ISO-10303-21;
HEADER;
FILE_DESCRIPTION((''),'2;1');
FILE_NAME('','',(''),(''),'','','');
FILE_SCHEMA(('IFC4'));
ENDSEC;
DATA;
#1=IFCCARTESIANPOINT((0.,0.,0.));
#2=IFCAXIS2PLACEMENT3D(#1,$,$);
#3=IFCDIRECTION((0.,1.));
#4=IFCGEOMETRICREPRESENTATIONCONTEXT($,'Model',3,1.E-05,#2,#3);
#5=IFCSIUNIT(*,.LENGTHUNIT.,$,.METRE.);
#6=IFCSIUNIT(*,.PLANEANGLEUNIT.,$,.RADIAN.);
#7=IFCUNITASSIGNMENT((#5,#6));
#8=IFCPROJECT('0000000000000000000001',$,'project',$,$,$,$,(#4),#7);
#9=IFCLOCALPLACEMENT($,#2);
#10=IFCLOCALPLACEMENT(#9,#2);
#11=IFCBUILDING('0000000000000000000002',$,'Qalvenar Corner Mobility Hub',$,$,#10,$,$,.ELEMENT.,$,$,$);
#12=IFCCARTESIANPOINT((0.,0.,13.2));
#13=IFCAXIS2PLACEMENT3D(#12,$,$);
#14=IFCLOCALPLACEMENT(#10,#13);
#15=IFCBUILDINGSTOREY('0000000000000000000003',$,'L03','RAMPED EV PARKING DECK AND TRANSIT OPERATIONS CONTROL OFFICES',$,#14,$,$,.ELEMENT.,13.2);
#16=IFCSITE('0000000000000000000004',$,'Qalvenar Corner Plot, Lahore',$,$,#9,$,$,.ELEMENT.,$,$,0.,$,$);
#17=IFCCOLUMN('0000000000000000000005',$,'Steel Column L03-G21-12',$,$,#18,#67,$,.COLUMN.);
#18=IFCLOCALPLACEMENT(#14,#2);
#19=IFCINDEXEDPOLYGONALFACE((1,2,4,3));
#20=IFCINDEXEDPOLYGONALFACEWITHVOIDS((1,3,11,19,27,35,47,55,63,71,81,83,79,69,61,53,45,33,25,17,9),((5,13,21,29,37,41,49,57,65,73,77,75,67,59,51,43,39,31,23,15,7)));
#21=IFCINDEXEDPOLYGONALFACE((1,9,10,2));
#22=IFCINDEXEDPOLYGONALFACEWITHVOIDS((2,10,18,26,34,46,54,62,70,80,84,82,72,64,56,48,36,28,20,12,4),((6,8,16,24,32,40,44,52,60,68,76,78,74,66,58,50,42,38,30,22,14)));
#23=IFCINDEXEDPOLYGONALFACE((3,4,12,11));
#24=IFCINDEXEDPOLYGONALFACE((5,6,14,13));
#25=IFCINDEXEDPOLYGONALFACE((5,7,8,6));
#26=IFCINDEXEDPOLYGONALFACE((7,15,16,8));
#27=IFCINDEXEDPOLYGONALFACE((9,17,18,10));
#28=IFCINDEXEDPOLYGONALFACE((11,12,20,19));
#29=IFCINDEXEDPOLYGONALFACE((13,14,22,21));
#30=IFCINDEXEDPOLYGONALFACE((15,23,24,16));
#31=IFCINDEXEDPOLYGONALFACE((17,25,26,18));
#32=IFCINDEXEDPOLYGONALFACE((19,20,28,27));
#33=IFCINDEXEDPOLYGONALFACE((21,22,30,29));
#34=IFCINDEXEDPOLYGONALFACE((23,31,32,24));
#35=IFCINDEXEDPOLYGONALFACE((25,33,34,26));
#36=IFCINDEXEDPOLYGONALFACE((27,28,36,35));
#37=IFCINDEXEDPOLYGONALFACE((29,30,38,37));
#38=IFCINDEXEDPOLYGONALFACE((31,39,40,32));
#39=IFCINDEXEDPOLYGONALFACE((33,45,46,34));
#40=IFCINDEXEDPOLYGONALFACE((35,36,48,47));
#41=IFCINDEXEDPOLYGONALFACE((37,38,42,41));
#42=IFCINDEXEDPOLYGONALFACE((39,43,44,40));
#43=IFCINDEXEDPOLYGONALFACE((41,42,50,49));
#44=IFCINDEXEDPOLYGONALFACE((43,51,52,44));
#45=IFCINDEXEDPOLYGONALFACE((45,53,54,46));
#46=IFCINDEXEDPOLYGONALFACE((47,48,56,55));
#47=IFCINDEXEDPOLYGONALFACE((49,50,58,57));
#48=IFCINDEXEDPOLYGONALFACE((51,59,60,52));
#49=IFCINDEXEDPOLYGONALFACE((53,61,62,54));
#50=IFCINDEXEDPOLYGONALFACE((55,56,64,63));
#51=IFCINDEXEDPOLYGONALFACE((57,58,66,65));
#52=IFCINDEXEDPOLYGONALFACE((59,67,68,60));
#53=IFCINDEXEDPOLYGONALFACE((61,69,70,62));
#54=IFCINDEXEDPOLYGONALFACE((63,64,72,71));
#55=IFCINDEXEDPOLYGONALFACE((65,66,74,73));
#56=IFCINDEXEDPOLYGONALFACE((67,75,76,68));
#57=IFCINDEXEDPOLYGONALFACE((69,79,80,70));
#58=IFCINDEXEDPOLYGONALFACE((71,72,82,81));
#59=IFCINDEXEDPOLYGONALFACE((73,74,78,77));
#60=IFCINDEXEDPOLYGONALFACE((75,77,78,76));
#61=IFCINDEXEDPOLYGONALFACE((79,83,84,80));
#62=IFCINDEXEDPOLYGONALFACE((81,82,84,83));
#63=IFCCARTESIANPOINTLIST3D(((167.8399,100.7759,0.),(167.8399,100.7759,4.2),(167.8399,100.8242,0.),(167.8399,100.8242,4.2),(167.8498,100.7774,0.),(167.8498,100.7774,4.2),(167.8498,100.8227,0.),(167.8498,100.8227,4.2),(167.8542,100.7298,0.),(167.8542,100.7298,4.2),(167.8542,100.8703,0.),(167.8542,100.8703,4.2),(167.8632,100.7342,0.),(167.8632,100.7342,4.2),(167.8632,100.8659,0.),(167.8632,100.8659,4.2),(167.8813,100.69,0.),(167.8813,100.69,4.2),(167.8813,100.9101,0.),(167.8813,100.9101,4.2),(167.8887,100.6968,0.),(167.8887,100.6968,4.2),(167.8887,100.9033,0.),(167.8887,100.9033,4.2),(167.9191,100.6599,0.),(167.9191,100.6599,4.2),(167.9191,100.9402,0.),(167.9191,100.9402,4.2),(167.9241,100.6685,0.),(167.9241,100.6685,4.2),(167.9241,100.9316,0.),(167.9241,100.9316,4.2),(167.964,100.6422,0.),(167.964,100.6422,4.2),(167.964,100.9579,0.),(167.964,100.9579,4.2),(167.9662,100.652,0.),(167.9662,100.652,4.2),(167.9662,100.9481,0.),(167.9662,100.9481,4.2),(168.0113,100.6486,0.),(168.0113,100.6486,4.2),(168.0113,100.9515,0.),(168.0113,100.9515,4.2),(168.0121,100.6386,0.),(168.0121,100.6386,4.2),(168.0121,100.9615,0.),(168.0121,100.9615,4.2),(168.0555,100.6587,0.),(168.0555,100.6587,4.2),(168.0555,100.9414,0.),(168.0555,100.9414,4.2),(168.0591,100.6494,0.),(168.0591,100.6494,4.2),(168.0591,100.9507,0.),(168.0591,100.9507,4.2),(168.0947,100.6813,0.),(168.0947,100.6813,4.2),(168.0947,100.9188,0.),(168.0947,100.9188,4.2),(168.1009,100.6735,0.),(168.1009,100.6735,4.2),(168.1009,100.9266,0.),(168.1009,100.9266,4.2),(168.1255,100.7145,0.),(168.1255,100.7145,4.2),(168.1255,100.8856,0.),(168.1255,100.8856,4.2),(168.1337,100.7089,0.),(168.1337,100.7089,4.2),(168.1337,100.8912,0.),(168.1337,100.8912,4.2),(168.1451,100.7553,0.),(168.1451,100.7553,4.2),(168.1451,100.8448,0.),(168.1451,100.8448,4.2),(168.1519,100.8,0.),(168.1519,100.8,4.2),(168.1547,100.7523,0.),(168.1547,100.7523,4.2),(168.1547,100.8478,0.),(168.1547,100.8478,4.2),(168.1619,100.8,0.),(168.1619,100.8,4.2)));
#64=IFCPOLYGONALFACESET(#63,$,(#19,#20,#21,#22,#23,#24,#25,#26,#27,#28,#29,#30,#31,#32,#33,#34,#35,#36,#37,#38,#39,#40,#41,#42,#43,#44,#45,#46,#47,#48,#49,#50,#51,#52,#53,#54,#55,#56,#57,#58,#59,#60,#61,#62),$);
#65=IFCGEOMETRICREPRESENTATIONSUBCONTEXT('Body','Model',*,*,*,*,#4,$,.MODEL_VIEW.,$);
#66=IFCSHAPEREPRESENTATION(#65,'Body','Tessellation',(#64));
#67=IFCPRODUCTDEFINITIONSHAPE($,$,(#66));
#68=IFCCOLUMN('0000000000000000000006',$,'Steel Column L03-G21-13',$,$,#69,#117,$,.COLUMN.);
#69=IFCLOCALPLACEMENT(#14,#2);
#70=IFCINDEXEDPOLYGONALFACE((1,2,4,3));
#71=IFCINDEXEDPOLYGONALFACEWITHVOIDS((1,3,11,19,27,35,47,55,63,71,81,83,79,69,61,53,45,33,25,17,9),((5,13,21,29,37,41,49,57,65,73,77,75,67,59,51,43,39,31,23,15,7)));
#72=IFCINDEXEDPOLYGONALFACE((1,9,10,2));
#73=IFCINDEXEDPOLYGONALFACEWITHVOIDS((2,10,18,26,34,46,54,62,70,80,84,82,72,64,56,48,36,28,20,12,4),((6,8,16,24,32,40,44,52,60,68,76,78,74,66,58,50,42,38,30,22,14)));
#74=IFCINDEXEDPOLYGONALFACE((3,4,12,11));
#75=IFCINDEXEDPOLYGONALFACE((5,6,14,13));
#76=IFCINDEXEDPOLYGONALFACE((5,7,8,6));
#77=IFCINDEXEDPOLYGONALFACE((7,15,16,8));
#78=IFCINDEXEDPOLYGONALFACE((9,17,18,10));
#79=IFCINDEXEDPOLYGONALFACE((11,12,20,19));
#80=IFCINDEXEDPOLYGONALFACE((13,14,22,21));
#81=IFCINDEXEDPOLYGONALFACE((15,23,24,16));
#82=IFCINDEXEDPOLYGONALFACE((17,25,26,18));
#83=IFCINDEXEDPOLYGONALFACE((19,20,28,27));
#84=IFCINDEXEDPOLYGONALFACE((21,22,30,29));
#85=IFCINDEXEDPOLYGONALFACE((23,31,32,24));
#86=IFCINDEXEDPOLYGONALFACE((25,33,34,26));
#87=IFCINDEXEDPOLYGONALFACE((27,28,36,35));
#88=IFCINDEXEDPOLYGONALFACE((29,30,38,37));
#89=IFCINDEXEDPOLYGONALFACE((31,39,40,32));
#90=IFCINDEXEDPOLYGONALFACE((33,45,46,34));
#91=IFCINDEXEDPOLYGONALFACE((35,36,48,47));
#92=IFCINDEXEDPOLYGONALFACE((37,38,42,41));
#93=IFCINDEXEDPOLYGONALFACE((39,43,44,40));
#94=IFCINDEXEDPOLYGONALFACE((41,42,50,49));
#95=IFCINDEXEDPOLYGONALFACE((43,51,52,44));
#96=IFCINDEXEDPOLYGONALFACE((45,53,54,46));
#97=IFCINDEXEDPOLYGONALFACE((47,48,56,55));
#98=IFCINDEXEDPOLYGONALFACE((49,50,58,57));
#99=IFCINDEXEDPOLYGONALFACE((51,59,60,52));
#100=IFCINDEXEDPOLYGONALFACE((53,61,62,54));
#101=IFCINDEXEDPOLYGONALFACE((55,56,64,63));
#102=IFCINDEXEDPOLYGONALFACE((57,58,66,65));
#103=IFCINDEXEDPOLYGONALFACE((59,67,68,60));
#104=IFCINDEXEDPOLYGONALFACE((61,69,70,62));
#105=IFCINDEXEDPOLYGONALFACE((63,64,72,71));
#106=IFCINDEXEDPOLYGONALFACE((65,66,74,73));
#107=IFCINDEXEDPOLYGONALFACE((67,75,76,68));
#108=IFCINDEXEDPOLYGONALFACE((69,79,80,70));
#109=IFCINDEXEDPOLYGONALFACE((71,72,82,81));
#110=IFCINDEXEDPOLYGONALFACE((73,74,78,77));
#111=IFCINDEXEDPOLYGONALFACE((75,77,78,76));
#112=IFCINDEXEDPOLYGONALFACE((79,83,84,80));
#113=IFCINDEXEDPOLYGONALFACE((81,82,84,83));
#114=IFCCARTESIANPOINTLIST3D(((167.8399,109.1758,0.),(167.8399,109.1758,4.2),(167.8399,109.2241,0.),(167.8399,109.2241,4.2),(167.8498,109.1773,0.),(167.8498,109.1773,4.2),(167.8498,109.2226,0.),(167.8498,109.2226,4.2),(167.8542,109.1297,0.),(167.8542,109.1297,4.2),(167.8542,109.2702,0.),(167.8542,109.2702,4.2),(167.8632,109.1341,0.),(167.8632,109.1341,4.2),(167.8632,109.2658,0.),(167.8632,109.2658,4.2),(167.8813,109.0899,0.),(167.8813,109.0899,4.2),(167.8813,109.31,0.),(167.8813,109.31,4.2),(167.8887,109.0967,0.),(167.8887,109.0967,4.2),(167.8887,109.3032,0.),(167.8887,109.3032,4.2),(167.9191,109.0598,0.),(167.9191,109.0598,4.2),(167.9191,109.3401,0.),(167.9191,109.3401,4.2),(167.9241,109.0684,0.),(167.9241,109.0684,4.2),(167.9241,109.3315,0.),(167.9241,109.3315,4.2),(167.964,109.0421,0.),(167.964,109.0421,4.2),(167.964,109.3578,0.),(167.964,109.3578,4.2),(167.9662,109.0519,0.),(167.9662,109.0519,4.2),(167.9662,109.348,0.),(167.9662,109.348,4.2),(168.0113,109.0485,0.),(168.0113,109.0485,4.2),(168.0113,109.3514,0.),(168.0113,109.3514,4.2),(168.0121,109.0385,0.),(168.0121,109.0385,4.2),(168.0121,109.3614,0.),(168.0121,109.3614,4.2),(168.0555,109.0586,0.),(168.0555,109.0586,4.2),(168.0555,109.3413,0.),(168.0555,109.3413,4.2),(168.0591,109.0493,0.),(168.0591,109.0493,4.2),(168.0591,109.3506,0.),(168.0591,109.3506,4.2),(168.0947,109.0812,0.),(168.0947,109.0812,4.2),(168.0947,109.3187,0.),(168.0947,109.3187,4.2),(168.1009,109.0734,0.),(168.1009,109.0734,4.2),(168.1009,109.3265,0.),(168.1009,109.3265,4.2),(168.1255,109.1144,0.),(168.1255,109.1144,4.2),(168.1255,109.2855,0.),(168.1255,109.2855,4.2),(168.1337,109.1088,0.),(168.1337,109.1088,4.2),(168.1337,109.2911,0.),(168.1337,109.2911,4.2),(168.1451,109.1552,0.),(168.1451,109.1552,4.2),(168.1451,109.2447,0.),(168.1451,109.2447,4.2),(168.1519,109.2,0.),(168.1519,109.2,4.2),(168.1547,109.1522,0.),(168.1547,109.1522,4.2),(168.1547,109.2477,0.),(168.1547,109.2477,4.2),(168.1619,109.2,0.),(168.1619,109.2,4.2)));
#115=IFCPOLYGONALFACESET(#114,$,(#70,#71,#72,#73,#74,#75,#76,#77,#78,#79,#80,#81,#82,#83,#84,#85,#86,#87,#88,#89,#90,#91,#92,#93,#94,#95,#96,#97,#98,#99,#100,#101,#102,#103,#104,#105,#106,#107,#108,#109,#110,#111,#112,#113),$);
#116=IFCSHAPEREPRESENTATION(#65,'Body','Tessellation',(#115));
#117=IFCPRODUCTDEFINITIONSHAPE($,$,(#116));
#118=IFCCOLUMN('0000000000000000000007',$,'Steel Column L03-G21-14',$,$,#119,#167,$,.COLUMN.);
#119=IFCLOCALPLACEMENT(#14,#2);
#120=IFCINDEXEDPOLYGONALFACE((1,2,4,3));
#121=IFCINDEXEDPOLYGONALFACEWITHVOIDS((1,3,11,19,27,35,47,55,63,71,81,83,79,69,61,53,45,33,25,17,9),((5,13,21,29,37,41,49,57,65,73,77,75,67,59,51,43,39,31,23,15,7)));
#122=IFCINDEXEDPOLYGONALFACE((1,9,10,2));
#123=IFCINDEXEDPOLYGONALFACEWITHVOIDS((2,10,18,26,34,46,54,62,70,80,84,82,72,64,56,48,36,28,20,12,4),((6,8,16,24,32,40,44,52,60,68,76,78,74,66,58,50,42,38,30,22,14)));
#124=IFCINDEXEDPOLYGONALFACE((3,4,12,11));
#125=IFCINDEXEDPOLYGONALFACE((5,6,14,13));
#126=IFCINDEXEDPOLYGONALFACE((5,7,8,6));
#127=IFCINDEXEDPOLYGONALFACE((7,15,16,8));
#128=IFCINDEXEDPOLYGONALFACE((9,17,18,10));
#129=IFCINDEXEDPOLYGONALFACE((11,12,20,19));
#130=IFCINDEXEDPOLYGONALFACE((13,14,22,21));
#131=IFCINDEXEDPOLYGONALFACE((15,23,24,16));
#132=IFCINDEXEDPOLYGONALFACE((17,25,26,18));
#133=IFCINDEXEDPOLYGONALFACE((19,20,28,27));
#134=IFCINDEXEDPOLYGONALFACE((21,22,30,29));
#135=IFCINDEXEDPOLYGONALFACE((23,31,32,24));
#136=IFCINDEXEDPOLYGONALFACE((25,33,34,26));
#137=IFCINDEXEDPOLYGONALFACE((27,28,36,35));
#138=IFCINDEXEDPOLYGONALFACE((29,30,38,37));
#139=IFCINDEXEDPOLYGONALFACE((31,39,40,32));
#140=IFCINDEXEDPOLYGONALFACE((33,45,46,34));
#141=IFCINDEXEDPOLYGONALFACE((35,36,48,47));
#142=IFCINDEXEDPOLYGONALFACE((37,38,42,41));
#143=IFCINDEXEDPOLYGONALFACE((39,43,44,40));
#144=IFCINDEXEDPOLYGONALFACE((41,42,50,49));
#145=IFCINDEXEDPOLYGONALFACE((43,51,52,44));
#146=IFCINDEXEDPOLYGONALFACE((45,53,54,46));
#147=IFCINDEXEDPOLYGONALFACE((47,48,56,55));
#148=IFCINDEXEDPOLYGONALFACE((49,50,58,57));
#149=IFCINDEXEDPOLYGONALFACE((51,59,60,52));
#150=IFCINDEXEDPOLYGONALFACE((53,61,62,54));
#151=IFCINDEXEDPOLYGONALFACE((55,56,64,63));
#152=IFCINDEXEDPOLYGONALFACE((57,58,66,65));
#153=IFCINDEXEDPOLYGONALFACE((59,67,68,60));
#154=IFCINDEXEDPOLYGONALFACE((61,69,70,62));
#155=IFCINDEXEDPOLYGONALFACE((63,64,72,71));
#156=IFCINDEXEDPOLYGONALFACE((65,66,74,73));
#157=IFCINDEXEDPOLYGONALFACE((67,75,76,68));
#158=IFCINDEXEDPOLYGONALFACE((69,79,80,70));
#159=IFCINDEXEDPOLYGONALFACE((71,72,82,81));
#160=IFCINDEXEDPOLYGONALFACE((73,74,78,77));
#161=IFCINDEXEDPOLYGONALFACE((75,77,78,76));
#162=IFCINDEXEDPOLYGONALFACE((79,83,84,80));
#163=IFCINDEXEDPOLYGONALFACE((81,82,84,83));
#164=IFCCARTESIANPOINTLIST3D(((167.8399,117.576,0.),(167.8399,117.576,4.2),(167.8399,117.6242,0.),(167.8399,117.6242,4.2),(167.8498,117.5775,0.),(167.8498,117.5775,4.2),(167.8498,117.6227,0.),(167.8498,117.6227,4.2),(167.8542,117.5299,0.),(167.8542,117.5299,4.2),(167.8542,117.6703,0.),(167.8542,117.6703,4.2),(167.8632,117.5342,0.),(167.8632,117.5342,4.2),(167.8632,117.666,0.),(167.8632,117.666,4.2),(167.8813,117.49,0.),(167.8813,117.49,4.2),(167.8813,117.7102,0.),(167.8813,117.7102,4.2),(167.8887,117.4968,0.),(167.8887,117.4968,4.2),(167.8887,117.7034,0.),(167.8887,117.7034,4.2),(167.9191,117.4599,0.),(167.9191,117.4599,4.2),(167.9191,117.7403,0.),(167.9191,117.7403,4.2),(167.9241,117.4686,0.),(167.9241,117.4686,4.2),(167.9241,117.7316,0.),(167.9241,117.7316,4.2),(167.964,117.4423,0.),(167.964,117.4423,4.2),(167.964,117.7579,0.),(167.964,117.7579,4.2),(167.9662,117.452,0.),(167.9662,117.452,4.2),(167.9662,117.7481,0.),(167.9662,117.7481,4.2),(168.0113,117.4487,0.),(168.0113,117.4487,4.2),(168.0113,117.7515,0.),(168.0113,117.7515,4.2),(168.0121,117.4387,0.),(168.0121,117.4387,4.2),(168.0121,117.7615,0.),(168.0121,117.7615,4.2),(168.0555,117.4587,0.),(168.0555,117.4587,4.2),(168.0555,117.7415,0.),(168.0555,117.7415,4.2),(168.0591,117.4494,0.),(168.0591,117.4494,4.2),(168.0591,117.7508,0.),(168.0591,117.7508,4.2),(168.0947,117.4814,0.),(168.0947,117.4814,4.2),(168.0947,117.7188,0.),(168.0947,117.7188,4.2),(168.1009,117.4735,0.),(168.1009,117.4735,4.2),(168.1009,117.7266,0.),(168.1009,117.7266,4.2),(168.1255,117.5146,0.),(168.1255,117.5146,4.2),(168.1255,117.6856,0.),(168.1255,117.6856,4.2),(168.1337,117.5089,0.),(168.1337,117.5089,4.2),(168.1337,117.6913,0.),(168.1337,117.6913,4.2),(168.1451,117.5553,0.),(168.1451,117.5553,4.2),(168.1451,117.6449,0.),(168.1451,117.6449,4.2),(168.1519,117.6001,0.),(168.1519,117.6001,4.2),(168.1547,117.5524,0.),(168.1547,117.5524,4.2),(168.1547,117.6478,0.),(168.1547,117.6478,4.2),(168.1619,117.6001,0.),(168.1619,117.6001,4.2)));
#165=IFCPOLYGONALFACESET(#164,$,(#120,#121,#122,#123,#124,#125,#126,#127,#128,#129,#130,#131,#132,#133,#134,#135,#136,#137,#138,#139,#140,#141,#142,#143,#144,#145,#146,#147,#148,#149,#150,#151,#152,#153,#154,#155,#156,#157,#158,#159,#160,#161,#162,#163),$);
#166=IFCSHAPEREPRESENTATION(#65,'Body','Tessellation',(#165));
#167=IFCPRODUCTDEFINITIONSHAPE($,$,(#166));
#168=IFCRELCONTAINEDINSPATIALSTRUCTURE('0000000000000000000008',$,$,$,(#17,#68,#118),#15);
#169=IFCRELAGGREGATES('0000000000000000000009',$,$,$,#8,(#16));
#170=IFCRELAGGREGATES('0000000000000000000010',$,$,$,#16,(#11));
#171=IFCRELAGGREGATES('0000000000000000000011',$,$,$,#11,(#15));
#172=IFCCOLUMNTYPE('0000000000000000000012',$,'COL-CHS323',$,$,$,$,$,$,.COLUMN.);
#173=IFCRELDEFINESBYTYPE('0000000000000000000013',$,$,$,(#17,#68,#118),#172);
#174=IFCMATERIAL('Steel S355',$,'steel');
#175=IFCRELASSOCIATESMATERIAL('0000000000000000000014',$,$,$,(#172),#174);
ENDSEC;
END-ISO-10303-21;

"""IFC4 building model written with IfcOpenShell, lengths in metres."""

from ifc_helpers import new_model, si_unit, direction, frame, origin, origin_2d, place, context, subcontext, project, spatial, hollow_circle, extrude, material, material_profile, profile_set, type_object, element, save


model = new_model("IFC4")

# Units and contexts
model_context = context("Model", 3, precision=1e-05, world=origin(), true_north=direction((0.0, 1.0)))
body_context = subcontext(model_context, "Body", "Model", "MODEL_VIEW")
ifc_project = project(units=[si_unit("LENGTHUNIT", "METRE"), si_unit("PLANEANGLEUNIT", "RADIAN")], contexts=[model_context])

# Site, building, storey
site_placement = place(None, origin())
site = spatial("IfcSite", under=ifc_project, at=site_placement, Name="Qalvenar Corner Plot, Lahore", CompositionType="ELEMENT", RefElevation=0.0)
building_placement = place(site_placement, origin())
building = spatial("IfcBuilding", under=site, at=building_placement, Name="Qalvenar Corner Mobility Hub", CompositionType="ELEMENT")
storey_placement = place(building_placement, frame((0.0, 0.0, 13.2)))
storey = spatial("IfcBuildingStorey", under=building, at=storey_placement, Name="L03", Description="RAMPED EV PARKING DECK AND TRANSIT OPERATIONS CONTROL OFFICES", CompositionType="ELEMENT", Elevation=13.2)

# Columns
ifc_material_1 = material(Name="Steel S355", Category="steel")
ifc_material_profile_1 = material_profile(ifc_material_1, hollow_circle(Radius=0.1619, WallThickness=0.01, at=origin_2d()), Name="CHS323.9x10")
ifc_profile_set_1 = profile_set([ifc_material_profile_1], Name="Steel S355")
column_type = type_object("IfcColumnType", Name="COL-CHS323", PredefinedType="COLUMN", material=ifc_profile_set_1)
for number, where, z_axis, x_axis, name in (
    (1, (168.0, 100.8, 0.0), (0.0, 0.0, 1.0), (1.0, 0.0, 0.0), "Steel Column L03-G21-12"),
    (2, (168.0, 109.2, 0.0), (0.0, 0.0, 1.0), (1.0, 0.0, 0.0), "Steel Column L03-G21-13"),
    (3, (168.0, 117.6001, 0.0), (0.0, 0.0, 1.0), (1.0, 0.0, 0.0), "Steel Column L03-G21-14"),
):
    element("IfcColumn", number, at=place(storey_placement, frame(where, z_axis=z_axis, x_axis=x_axis)), inside=storey, type_object=column_type, Name=name, PredefinedType="COLUMN", context=body_context, shape_type="SweptSolid", body=[
        extrude(hollow_circle(Radius=0.1619, WallThickness=0.01, at=origin_2d()), origin(), (0.0, 0.0, 1.0), 4.2),
    ])

save(model, "model.ifc")
